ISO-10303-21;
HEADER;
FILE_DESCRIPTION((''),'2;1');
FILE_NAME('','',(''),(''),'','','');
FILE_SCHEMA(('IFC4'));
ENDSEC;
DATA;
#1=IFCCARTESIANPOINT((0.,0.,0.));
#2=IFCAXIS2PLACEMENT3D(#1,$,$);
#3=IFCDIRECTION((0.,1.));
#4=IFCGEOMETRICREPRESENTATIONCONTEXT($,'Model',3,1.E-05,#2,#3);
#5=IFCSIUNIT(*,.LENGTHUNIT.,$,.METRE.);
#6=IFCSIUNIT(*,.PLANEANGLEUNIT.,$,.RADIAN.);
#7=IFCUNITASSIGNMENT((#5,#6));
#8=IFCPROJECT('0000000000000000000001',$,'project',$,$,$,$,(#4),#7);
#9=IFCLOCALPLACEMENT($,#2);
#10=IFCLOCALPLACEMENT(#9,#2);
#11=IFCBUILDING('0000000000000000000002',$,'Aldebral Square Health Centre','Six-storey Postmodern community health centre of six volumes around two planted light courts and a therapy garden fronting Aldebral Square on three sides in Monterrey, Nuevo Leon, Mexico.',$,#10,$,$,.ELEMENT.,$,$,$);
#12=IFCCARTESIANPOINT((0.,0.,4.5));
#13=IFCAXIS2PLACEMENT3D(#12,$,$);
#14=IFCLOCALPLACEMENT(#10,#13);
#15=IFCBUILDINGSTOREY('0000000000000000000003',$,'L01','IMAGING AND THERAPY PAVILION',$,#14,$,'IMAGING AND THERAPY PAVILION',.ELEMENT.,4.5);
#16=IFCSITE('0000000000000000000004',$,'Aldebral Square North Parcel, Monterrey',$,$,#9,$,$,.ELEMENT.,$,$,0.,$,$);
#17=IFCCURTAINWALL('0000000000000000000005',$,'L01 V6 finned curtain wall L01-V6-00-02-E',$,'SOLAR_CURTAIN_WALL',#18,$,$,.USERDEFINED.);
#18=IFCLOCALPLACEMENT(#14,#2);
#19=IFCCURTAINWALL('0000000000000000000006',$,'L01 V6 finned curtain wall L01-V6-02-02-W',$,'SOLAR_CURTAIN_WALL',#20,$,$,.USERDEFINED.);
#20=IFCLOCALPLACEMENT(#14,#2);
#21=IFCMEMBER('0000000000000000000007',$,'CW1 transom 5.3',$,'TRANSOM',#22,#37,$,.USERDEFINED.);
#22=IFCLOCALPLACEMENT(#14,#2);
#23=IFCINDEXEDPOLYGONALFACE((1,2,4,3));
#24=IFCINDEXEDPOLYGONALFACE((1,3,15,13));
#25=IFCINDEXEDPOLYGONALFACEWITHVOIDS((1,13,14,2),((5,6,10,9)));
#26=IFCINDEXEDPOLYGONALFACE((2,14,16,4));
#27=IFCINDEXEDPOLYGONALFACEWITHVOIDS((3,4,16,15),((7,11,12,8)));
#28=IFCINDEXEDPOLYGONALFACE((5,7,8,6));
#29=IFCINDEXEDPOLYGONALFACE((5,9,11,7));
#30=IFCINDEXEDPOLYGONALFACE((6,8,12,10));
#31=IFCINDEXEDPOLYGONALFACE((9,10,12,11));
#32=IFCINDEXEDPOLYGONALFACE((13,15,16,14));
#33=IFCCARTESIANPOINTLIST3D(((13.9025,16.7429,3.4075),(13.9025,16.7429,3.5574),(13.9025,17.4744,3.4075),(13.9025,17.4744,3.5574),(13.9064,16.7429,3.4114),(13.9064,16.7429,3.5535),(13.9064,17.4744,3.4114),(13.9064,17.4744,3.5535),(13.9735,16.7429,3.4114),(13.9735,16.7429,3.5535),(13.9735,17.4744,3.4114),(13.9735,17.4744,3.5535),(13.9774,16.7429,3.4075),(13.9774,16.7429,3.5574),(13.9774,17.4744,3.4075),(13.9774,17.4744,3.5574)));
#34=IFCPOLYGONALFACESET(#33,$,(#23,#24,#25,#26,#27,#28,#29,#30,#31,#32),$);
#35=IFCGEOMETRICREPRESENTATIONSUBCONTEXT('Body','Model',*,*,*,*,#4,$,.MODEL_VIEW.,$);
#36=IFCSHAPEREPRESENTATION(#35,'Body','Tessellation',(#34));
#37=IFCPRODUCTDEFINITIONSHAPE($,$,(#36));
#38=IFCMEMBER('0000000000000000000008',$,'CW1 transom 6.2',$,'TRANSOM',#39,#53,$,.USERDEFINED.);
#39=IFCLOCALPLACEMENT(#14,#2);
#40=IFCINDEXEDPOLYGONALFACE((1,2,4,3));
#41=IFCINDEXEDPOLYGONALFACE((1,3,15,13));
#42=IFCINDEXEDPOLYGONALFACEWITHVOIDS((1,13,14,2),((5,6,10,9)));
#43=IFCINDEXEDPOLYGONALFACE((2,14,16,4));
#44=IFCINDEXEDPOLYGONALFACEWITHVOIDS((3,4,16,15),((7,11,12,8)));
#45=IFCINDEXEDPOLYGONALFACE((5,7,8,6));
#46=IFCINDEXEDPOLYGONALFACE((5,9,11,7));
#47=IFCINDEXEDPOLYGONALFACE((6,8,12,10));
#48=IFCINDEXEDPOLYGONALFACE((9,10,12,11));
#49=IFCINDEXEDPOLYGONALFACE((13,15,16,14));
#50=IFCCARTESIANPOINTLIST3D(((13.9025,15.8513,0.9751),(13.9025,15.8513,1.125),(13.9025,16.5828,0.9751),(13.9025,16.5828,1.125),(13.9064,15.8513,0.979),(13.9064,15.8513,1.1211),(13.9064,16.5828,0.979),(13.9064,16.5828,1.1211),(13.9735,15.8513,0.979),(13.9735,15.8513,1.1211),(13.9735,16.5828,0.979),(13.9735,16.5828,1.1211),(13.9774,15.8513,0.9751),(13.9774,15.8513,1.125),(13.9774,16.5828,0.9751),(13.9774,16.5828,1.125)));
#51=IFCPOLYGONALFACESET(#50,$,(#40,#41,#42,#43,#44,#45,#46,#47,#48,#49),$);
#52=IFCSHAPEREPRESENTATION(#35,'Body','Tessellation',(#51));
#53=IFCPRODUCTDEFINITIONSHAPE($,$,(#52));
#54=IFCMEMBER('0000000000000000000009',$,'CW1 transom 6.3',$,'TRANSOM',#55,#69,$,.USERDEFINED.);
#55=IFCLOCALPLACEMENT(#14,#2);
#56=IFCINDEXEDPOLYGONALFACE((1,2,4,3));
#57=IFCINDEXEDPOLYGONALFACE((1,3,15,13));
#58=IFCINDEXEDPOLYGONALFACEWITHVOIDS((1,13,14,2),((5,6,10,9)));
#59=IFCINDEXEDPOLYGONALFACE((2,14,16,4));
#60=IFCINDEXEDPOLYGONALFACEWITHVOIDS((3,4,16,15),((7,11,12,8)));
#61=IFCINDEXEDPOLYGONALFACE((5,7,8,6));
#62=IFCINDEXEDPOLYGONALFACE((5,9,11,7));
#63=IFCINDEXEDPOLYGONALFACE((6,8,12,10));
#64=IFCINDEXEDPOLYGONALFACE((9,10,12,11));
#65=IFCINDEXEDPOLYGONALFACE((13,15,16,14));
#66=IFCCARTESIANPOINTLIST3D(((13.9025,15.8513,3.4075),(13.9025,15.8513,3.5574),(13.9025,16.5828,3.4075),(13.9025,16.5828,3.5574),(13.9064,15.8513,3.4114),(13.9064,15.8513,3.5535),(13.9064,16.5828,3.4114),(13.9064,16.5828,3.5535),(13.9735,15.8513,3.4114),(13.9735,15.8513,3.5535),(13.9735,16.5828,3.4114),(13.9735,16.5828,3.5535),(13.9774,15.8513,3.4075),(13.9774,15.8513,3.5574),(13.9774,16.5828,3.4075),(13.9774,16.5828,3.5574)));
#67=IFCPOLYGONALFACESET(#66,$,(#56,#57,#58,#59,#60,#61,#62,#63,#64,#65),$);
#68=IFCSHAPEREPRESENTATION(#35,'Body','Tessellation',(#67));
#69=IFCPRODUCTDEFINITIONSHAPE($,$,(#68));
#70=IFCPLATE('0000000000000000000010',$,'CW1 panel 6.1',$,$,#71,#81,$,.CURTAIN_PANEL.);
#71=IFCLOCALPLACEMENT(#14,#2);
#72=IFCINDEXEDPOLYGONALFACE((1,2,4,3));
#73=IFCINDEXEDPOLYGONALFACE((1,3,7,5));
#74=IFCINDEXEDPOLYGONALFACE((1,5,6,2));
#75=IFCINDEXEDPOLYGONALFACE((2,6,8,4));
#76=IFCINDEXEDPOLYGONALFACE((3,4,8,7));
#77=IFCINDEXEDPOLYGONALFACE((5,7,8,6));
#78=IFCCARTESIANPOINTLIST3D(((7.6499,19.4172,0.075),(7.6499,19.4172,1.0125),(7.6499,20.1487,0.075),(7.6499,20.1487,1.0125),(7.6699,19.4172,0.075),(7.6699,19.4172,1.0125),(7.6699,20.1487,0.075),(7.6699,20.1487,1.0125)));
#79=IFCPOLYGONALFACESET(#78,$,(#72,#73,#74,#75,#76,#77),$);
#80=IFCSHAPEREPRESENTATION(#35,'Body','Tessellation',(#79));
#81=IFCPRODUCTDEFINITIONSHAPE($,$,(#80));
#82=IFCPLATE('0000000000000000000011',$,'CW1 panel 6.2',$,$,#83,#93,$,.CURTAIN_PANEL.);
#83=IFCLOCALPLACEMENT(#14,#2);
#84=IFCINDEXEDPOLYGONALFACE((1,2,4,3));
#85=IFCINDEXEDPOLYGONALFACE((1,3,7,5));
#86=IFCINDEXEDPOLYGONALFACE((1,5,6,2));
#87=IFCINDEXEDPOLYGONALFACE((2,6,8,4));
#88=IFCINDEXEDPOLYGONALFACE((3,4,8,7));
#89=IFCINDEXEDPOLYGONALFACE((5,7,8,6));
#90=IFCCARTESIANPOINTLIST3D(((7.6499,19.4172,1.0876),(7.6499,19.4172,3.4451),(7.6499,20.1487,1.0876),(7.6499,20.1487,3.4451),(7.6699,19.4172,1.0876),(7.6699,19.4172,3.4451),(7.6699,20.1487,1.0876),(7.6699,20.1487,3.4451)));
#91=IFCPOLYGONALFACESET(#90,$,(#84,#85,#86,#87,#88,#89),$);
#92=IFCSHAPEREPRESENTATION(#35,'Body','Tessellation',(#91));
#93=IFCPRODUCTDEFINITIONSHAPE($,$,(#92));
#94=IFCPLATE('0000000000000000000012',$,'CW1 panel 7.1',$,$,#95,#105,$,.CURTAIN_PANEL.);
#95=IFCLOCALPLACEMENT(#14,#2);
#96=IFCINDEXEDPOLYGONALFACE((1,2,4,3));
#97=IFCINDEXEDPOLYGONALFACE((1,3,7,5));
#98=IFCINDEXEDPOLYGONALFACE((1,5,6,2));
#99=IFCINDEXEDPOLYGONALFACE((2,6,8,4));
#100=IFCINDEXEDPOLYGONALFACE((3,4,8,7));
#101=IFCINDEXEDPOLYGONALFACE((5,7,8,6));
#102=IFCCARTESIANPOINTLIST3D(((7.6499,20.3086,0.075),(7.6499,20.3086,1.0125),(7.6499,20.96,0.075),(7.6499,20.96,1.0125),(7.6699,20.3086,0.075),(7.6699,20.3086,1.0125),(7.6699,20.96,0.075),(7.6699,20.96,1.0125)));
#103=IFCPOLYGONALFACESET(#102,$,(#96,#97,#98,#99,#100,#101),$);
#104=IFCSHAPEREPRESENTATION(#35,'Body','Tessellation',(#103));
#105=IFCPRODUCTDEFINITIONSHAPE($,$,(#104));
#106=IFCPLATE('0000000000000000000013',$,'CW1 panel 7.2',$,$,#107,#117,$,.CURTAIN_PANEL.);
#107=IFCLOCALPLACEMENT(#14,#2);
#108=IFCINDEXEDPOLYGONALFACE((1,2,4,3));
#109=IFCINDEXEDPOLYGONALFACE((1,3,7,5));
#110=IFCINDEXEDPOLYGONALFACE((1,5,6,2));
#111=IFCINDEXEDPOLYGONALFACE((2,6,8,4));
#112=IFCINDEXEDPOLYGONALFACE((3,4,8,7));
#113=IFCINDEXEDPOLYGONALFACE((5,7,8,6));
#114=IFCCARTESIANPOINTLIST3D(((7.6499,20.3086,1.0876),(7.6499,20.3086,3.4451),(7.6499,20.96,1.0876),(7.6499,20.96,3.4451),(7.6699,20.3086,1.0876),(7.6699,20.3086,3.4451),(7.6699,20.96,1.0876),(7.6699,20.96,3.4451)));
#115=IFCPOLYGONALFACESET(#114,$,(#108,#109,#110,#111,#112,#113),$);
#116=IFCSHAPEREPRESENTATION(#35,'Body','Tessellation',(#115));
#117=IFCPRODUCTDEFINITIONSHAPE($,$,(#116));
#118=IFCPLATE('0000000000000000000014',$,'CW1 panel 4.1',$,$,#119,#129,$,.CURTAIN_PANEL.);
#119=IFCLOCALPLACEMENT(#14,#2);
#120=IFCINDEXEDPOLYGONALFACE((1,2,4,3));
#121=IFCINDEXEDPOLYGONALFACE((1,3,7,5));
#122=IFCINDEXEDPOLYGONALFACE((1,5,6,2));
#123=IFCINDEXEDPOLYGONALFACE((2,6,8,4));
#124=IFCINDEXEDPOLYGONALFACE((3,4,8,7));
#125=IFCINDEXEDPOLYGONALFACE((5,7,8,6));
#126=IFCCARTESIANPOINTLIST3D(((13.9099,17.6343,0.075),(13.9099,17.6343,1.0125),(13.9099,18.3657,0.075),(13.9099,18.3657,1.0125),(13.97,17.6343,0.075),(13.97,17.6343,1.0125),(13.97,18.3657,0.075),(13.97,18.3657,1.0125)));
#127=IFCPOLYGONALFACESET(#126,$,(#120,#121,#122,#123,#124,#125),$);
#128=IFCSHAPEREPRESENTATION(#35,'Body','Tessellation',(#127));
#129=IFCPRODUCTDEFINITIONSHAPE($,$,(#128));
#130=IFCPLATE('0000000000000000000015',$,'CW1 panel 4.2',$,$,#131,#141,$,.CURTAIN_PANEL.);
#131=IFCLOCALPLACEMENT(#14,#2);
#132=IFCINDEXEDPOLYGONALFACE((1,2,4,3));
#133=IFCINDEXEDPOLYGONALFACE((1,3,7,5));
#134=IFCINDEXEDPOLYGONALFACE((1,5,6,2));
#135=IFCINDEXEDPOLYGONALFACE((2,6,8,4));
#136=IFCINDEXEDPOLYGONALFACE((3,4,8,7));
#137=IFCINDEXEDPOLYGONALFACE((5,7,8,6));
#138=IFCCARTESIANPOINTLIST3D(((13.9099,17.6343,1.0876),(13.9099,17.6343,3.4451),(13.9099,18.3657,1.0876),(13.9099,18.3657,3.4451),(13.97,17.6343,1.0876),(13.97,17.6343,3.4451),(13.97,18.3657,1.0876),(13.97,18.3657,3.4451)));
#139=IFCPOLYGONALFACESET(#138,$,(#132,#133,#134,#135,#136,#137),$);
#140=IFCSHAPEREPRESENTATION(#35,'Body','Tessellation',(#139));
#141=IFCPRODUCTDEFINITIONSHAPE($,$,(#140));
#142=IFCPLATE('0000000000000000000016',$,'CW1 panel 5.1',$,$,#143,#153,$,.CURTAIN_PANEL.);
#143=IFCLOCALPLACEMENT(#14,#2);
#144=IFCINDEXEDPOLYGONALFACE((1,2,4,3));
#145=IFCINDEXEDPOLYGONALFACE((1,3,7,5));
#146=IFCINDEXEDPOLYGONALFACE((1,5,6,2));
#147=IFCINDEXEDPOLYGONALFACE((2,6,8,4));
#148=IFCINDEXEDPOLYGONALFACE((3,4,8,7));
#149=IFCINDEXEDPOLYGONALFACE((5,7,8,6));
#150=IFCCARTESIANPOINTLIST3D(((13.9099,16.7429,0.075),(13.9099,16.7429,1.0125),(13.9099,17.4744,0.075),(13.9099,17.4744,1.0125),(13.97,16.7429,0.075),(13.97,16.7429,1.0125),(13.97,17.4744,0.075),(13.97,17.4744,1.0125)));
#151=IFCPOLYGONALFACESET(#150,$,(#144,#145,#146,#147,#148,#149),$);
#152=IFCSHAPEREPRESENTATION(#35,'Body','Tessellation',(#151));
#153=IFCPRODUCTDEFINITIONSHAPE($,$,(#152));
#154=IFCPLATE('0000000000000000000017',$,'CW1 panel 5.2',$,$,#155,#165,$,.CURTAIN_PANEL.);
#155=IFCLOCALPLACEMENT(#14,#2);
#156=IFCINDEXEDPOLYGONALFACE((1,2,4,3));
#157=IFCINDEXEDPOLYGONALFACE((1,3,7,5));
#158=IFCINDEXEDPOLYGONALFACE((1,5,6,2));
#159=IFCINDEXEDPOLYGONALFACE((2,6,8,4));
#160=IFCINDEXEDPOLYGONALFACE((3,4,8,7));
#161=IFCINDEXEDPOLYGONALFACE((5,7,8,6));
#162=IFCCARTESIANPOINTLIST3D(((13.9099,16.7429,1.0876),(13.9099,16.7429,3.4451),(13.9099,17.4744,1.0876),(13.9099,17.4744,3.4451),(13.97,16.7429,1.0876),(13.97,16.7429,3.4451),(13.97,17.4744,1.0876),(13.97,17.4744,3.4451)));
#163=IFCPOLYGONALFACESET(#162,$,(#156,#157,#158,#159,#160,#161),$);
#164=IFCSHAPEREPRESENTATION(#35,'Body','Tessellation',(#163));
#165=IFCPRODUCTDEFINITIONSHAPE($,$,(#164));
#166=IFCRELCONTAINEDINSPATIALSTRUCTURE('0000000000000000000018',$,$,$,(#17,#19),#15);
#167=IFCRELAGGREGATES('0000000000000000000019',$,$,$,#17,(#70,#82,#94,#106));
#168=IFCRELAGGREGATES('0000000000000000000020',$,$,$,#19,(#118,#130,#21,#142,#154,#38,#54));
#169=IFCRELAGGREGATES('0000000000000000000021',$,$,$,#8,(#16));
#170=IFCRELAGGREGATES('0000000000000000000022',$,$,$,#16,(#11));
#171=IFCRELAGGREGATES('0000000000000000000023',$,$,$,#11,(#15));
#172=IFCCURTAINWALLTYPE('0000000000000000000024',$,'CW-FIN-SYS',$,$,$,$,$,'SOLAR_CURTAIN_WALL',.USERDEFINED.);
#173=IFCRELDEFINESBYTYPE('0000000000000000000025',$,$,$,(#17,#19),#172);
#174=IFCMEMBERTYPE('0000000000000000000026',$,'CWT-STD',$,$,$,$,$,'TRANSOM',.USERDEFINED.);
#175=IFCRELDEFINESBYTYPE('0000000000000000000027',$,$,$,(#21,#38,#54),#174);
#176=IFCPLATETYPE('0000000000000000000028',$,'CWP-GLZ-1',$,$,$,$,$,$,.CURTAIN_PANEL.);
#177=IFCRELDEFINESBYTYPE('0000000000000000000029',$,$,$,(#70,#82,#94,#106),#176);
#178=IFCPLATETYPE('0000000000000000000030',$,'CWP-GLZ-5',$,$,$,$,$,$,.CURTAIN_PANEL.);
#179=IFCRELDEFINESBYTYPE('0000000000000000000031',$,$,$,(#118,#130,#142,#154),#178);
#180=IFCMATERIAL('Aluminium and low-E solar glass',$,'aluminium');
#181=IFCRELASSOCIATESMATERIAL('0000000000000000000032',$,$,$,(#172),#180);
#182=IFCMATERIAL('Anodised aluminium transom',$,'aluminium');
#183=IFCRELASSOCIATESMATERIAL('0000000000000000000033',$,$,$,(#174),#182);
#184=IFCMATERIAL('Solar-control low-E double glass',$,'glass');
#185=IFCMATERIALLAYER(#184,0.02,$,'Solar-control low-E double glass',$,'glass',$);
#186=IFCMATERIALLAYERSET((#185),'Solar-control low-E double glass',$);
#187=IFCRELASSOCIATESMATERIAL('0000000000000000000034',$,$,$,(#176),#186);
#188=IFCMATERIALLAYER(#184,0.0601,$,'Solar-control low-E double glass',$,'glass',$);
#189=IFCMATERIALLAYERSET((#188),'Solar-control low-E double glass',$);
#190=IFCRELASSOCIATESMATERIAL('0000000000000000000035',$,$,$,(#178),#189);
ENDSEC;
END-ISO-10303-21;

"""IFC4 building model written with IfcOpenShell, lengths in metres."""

from ifc_helpers import new_model, si_unit, direction, frame, origin, origin_2d, place, context, subcontext, project, spatial, rectangle, hollow_rectangle, extrude, material, layer, layer_set, material_profile, profile_set, type_object, element, aggregate, save


model = new_model("IFC4")

# Units and contexts
model_context = context("Model", 3, precision=1e-05, world=origin(), true_north=direction((0.0, 1.0)))
body_context = subcontext(model_context, "Body", "Model", "MODEL_VIEW")
ifc_project = project(units=[si_unit("LENGTHUNIT", "METRE"), si_unit("PLANEANGLEUNIT", "RADIAN")], contexts=[model_context])

# Site, building, storey
site_placement = place(None, origin())
site = spatial("IfcSite", under=ifc_project, at=site_placement, Name="Aldebral Square North Parcel, Monterrey", CompositionType="ELEMENT", RefElevation=0.0)
building_placement = place(site_placement, origin())
building = spatial("IfcBuilding", under=site, at=building_placement, Name="Aldebral Square Health Centre", Description="Six-storey Postmodern community health centre of six volumes around two planted light courts and a therapy garden fronting Aldebral Square on three sides in Monterrey, Nuevo Leon, Mexico.", CompositionType="ELEMENT")
storey_placement = place(building_placement, frame((0.0, 0.0, 4.5)))
storey = spatial("IfcBuildingStorey", under=building, at=storey_placement, Name="L01", Description="IMAGING AND THERAPY PAVILION", LongName="IMAGING AND THERAPY PAVILION", CompositionType="ELEMENT", Elevation=4.5)

# Curtain wall
ifc_material_1 = material(Name="Aluminium and low-E solar glass", Category="aluminium")
curtain_wall_type = type_object("IfcCurtainWallType", Name="CW-FIN-SYS", ElementType="SOLAR_CURTAIN_WALL", PredefinedType="USERDEFINED", material=ifc_material_1)
curtain_wall_1_placement = place(storey_placement, origin())
curtain_wall_1 = element("IfcCurtainWall", 1, at=curtain_wall_1_placement, inside=storey, type_object=curtain_wall_type, Name="L01 V6 finned curtain wall L01-V6-00-02-E", ObjectType="SOLAR_CURTAIN_WALL", PredefinedType="USERDEFINED")

# Curtain wall
curtain_wall_2_placement = place(storey_placement, origin())
curtain_wall_2 = element("IfcCurtainWall", 2, at=curtain_wall_2_placement, inside=storey, type_object=curtain_wall_type, Name="L01 V6 finned curtain wall L01-V6-02-02-W", ObjectType="SOLAR_CURTAIN_WALL", PredefinedType="USERDEFINED")

# Members
ifc_material_2 = material(Name="Anodised aluminium transom", Category="aluminium")
ifc_material_profile_1 = material_profile(ifc_material_2, hollow_rectangle(XDim=0.075, YDim=0.1499, WallThickness=0.0039, at=origin_2d()), Name="CWT 75x150x4")
ifc_profile_set_1 = profile_set([ifc_material_profile_1], Name="Anodised aluminium transom")
member_type_1 = type_object("IfcMemberType", Name="CWT-STD", ElementType="TRANSOM", PredefinedType="USERDEFINED", material=ifc_profile_set_1)
member_1_placement = place(storey_placement, frame((13.9399, 17.4744, 3.4824), z_axis=(0.0, -1.0, 0.0), x_axis=(1.0, 0.0, 0.0)))
member_1 = element("IfcMember", 3, at=member_1_placement, type_object=member_type_1, Name="CW1 transom 5.3", ObjectType="TRANSOM", PredefinedType="USERDEFINED", context=body_context, shape_type="SweptSolid", body=[
    extrude(hollow_rectangle(XDim=0.075, YDim=0.1499, WallThickness=0.0039, at=origin_2d()), origin(), (0.0, 0.0, 1.0), 0.7314),
])
member_2_placement = place(storey_placement, frame((13.9399, 16.5828, 1.05), z_axis=(0.0, -1.0, 0.0), x_axis=(1.0, 0.0, 0.0)))
member_2 = element("IfcMember", 4, at=member_2_placement, type_object=member_type_1, Name="CW1 transom 6.2", ObjectType="TRANSOM", PredefinedType="USERDEFINED", context=body_context, shape_type="SweptSolid", body=[
    extrude(hollow_rectangle(XDim=0.075, YDim=0.1499, WallThickness=0.0039, at=origin_2d()), origin(), (0.0, 0.0, 1.0), 0.7314),
])
member_3_placement = place(storey_placement, frame((13.9399, 16.5828, 3.4824), z_axis=(0.0, -1.0, 0.0), x_axis=(1.0, 0.0, 0.0)))
member_3 = element("IfcMember", 5, at=member_3_placement, type_object=member_type_1, Name="CW1 transom 6.3", ObjectType="TRANSOM", PredefinedType="USERDEFINED", context=body_context, shape_type="SweptSolid", body=[
    extrude(hollow_rectangle(XDim=0.075, YDim=0.1499, WallThickness=0.0039, at=origin_2d()), origin(), (0.0, 0.0, 1.0), 0.7314),
])

# Plates
ifc_material_3 = material(Name="Solar-control low-E double glass", Category="glass")
ifc_layer_1 = layer(ifc_material_3, 0.02, Name="Solar-control low-E double glass", Category="glass")
ifc_layer_set_1 = layer_set([ifc_layer_1], Name="Solar-control low-E double glass")
plate_type_1 = type_object("IfcPlateType", Name="CWP-GLZ-1", PredefinedType="CURTAIN_PANEL", material=ifc_layer_set_1)
plate_1_placement = place(storey_placement, frame((7.6599, 19.783, 0.075), z_axis=(0.0, 0.0, 1.0), x_axis=(0.0, 1.0, 0.0)))
plate_1 = element("IfcPlate", 6, at=plate_1_placement, type_object=plate_type_1, Name="CW1 panel 6.1", PredefinedType="CURTAIN_PANEL", context=body_context, shape_type="SweptSolid", body=[
    extrude(rectangle(XDim=0.7314, YDim=0.02, at=origin_2d()), origin(), (0.0, 0.0, 1.0), 0.9375),
])
plate_2_placement = place(storey_placement, frame((7.6599, 19.783, 1.0876), z_axis=(0.0, 0.0, 1.0), x_axis=(0.0, 1.0, 0.0)))
plate_2 = element("IfcPlate", 7, at=plate_2_placement, type_object=plate_type_1, Name="CW1 panel 6.2", PredefinedType="CURTAIN_PANEL", context=body_context, shape_type="SweptSolid", body=[
    extrude(rectangle(XDim=0.7314, YDim=0.02, at=origin_2d()), origin(), (0.0, 0.0, 1.0), 2.3574),
])
plate_3_placement = place(storey_placement, frame((7.6599, 20.6343, 0.075), z_axis=(0.0, 0.0, 1.0), x_axis=(0.0, 1.0, 0.0)))
plate_3 = element("IfcPlate", 8, at=plate_3_placement, type_object=plate_type_1, Name="CW1 panel 7.1", PredefinedType="CURTAIN_PANEL", context=body_context, shape_type="SweptSolid", body=[
    extrude(rectangle(XDim=0.6514, YDim=0.02, at=origin_2d()), origin(), (0.0, 0.0, 1.0), 0.9375),
])
plate_4_placement = place(storey_placement, frame((7.6599, 20.6343, 1.0876), z_axis=(0.0, 0.0, 1.0), x_axis=(0.0, 1.0, 0.0)))
plate_4 = element("IfcPlate", 9, at=plate_4_placement, type_object=plate_type_1, Name="CW1 panel 7.2", PredefinedType="CURTAIN_PANEL", context=body_context, shape_type="SweptSolid", body=[
    extrude(rectangle(XDim=0.6514, YDim=0.02, at=origin_2d()), origin(), (0.0, 0.0, 1.0), 2.3574),
])
aggregate(curtain_wall_1, [plate_1, plate_2, plate_3, plate_4])
ifc_layer_2 = layer(ifc_material_3, 0.0601, Name="Solar-control low-E double glass", Category="glass")
ifc_layer_set_2 = layer_set([ifc_layer_2], Name="Solar-control low-E double glass")
plate_type_2 = type_object("IfcPlateType", Name="CWP-GLZ-5", PredefinedType="CURTAIN_PANEL", material=ifc_layer_set_2)
plate_5_placement = place(storey_placement, frame((13.9399, 18.0, 0.075), z_axis=(0.0, 0.0, 1.0), x_axis=(0.0, -1.0, 0.0)))
plate_5 = element("IfcPlate", 10, at=plate_5_placement, type_object=plate_type_2, Name="CW1 panel 4.1", PredefinedType="CURTAIN_PANEL", context=body_context, shape_type="SweptSolid", body=[
    extrude(rectangle(XDim=0.7314, YDim=0.0601, at=origin_2d()), origin(), (0.0, 0.0, 1.0), 0.9375),
])
plate_6_placement = place(storey_placement, frame((13.9399, 18.0, 1.0876), z_axis=(0.0, 0.0, 1.0), x_axis=(0.0, -1.0, 0.0)))
plate_6 = element("IfcPlate", 11, at=plate_6_placement, type_object=plate_type_2, Name="CW1 panel 4.2", PredefinedType="CURTAIN_PANEL", context=body_context, shape_type="SweptSolid", body=[
    extrude(rectangle(XDim=0.7314, YDim=0.0601, at=origin_2d()), origin(), (0.0, 0.0, 1.0), 2.3574),
])
plate_7_placement = place(storey_placement, frame((13.9399, 17.1086, 0.075), z_axis=(0.0, 0.0, 1.0), x_axis=(0.0, -1.0, 0.0)))
plate_7 = element("IfcPlate", 12, at=plate_7_placement, type_object=plate_type_2, Name="CW1 panel 5.1", PredefinedType="CURTAIN_PANEL", context=body_context, shape_type="SweptSolid", body=[
    extrude(rectangle(XDim=0.7314, YDim=0.0601, at=origin_2d()), origin(), (0.0, 0.0, 1.0), 0.9375),
])
plate_8_placement = place(storey_placement, frame((13.9399, 17.1086, 1.0876), z_axis=(0.0, 0.0, 1.0), x_axis=(0.0, -1.0, 0.0)))
plate_8 = element("IfcPlate", 13, at=plate_8_placement, type_object=plate_type_2, Name="CW1 panel 5.2", PredefinedType="CURTAIN_PANEL", context=body_context, shape_type="SweptSolid", body=[
    extrude(rectangle(XDim=0.7314, YDim=0.0601, at=origin_2d()), origin(), (0.0, 0.0, 1.0), 2.3574),
])
aggregate(curtain_wall_2, [plate_5, plate_6, member_1, plate_7, plate_8, member_2, member_3])

save(model, "model.ifc")
